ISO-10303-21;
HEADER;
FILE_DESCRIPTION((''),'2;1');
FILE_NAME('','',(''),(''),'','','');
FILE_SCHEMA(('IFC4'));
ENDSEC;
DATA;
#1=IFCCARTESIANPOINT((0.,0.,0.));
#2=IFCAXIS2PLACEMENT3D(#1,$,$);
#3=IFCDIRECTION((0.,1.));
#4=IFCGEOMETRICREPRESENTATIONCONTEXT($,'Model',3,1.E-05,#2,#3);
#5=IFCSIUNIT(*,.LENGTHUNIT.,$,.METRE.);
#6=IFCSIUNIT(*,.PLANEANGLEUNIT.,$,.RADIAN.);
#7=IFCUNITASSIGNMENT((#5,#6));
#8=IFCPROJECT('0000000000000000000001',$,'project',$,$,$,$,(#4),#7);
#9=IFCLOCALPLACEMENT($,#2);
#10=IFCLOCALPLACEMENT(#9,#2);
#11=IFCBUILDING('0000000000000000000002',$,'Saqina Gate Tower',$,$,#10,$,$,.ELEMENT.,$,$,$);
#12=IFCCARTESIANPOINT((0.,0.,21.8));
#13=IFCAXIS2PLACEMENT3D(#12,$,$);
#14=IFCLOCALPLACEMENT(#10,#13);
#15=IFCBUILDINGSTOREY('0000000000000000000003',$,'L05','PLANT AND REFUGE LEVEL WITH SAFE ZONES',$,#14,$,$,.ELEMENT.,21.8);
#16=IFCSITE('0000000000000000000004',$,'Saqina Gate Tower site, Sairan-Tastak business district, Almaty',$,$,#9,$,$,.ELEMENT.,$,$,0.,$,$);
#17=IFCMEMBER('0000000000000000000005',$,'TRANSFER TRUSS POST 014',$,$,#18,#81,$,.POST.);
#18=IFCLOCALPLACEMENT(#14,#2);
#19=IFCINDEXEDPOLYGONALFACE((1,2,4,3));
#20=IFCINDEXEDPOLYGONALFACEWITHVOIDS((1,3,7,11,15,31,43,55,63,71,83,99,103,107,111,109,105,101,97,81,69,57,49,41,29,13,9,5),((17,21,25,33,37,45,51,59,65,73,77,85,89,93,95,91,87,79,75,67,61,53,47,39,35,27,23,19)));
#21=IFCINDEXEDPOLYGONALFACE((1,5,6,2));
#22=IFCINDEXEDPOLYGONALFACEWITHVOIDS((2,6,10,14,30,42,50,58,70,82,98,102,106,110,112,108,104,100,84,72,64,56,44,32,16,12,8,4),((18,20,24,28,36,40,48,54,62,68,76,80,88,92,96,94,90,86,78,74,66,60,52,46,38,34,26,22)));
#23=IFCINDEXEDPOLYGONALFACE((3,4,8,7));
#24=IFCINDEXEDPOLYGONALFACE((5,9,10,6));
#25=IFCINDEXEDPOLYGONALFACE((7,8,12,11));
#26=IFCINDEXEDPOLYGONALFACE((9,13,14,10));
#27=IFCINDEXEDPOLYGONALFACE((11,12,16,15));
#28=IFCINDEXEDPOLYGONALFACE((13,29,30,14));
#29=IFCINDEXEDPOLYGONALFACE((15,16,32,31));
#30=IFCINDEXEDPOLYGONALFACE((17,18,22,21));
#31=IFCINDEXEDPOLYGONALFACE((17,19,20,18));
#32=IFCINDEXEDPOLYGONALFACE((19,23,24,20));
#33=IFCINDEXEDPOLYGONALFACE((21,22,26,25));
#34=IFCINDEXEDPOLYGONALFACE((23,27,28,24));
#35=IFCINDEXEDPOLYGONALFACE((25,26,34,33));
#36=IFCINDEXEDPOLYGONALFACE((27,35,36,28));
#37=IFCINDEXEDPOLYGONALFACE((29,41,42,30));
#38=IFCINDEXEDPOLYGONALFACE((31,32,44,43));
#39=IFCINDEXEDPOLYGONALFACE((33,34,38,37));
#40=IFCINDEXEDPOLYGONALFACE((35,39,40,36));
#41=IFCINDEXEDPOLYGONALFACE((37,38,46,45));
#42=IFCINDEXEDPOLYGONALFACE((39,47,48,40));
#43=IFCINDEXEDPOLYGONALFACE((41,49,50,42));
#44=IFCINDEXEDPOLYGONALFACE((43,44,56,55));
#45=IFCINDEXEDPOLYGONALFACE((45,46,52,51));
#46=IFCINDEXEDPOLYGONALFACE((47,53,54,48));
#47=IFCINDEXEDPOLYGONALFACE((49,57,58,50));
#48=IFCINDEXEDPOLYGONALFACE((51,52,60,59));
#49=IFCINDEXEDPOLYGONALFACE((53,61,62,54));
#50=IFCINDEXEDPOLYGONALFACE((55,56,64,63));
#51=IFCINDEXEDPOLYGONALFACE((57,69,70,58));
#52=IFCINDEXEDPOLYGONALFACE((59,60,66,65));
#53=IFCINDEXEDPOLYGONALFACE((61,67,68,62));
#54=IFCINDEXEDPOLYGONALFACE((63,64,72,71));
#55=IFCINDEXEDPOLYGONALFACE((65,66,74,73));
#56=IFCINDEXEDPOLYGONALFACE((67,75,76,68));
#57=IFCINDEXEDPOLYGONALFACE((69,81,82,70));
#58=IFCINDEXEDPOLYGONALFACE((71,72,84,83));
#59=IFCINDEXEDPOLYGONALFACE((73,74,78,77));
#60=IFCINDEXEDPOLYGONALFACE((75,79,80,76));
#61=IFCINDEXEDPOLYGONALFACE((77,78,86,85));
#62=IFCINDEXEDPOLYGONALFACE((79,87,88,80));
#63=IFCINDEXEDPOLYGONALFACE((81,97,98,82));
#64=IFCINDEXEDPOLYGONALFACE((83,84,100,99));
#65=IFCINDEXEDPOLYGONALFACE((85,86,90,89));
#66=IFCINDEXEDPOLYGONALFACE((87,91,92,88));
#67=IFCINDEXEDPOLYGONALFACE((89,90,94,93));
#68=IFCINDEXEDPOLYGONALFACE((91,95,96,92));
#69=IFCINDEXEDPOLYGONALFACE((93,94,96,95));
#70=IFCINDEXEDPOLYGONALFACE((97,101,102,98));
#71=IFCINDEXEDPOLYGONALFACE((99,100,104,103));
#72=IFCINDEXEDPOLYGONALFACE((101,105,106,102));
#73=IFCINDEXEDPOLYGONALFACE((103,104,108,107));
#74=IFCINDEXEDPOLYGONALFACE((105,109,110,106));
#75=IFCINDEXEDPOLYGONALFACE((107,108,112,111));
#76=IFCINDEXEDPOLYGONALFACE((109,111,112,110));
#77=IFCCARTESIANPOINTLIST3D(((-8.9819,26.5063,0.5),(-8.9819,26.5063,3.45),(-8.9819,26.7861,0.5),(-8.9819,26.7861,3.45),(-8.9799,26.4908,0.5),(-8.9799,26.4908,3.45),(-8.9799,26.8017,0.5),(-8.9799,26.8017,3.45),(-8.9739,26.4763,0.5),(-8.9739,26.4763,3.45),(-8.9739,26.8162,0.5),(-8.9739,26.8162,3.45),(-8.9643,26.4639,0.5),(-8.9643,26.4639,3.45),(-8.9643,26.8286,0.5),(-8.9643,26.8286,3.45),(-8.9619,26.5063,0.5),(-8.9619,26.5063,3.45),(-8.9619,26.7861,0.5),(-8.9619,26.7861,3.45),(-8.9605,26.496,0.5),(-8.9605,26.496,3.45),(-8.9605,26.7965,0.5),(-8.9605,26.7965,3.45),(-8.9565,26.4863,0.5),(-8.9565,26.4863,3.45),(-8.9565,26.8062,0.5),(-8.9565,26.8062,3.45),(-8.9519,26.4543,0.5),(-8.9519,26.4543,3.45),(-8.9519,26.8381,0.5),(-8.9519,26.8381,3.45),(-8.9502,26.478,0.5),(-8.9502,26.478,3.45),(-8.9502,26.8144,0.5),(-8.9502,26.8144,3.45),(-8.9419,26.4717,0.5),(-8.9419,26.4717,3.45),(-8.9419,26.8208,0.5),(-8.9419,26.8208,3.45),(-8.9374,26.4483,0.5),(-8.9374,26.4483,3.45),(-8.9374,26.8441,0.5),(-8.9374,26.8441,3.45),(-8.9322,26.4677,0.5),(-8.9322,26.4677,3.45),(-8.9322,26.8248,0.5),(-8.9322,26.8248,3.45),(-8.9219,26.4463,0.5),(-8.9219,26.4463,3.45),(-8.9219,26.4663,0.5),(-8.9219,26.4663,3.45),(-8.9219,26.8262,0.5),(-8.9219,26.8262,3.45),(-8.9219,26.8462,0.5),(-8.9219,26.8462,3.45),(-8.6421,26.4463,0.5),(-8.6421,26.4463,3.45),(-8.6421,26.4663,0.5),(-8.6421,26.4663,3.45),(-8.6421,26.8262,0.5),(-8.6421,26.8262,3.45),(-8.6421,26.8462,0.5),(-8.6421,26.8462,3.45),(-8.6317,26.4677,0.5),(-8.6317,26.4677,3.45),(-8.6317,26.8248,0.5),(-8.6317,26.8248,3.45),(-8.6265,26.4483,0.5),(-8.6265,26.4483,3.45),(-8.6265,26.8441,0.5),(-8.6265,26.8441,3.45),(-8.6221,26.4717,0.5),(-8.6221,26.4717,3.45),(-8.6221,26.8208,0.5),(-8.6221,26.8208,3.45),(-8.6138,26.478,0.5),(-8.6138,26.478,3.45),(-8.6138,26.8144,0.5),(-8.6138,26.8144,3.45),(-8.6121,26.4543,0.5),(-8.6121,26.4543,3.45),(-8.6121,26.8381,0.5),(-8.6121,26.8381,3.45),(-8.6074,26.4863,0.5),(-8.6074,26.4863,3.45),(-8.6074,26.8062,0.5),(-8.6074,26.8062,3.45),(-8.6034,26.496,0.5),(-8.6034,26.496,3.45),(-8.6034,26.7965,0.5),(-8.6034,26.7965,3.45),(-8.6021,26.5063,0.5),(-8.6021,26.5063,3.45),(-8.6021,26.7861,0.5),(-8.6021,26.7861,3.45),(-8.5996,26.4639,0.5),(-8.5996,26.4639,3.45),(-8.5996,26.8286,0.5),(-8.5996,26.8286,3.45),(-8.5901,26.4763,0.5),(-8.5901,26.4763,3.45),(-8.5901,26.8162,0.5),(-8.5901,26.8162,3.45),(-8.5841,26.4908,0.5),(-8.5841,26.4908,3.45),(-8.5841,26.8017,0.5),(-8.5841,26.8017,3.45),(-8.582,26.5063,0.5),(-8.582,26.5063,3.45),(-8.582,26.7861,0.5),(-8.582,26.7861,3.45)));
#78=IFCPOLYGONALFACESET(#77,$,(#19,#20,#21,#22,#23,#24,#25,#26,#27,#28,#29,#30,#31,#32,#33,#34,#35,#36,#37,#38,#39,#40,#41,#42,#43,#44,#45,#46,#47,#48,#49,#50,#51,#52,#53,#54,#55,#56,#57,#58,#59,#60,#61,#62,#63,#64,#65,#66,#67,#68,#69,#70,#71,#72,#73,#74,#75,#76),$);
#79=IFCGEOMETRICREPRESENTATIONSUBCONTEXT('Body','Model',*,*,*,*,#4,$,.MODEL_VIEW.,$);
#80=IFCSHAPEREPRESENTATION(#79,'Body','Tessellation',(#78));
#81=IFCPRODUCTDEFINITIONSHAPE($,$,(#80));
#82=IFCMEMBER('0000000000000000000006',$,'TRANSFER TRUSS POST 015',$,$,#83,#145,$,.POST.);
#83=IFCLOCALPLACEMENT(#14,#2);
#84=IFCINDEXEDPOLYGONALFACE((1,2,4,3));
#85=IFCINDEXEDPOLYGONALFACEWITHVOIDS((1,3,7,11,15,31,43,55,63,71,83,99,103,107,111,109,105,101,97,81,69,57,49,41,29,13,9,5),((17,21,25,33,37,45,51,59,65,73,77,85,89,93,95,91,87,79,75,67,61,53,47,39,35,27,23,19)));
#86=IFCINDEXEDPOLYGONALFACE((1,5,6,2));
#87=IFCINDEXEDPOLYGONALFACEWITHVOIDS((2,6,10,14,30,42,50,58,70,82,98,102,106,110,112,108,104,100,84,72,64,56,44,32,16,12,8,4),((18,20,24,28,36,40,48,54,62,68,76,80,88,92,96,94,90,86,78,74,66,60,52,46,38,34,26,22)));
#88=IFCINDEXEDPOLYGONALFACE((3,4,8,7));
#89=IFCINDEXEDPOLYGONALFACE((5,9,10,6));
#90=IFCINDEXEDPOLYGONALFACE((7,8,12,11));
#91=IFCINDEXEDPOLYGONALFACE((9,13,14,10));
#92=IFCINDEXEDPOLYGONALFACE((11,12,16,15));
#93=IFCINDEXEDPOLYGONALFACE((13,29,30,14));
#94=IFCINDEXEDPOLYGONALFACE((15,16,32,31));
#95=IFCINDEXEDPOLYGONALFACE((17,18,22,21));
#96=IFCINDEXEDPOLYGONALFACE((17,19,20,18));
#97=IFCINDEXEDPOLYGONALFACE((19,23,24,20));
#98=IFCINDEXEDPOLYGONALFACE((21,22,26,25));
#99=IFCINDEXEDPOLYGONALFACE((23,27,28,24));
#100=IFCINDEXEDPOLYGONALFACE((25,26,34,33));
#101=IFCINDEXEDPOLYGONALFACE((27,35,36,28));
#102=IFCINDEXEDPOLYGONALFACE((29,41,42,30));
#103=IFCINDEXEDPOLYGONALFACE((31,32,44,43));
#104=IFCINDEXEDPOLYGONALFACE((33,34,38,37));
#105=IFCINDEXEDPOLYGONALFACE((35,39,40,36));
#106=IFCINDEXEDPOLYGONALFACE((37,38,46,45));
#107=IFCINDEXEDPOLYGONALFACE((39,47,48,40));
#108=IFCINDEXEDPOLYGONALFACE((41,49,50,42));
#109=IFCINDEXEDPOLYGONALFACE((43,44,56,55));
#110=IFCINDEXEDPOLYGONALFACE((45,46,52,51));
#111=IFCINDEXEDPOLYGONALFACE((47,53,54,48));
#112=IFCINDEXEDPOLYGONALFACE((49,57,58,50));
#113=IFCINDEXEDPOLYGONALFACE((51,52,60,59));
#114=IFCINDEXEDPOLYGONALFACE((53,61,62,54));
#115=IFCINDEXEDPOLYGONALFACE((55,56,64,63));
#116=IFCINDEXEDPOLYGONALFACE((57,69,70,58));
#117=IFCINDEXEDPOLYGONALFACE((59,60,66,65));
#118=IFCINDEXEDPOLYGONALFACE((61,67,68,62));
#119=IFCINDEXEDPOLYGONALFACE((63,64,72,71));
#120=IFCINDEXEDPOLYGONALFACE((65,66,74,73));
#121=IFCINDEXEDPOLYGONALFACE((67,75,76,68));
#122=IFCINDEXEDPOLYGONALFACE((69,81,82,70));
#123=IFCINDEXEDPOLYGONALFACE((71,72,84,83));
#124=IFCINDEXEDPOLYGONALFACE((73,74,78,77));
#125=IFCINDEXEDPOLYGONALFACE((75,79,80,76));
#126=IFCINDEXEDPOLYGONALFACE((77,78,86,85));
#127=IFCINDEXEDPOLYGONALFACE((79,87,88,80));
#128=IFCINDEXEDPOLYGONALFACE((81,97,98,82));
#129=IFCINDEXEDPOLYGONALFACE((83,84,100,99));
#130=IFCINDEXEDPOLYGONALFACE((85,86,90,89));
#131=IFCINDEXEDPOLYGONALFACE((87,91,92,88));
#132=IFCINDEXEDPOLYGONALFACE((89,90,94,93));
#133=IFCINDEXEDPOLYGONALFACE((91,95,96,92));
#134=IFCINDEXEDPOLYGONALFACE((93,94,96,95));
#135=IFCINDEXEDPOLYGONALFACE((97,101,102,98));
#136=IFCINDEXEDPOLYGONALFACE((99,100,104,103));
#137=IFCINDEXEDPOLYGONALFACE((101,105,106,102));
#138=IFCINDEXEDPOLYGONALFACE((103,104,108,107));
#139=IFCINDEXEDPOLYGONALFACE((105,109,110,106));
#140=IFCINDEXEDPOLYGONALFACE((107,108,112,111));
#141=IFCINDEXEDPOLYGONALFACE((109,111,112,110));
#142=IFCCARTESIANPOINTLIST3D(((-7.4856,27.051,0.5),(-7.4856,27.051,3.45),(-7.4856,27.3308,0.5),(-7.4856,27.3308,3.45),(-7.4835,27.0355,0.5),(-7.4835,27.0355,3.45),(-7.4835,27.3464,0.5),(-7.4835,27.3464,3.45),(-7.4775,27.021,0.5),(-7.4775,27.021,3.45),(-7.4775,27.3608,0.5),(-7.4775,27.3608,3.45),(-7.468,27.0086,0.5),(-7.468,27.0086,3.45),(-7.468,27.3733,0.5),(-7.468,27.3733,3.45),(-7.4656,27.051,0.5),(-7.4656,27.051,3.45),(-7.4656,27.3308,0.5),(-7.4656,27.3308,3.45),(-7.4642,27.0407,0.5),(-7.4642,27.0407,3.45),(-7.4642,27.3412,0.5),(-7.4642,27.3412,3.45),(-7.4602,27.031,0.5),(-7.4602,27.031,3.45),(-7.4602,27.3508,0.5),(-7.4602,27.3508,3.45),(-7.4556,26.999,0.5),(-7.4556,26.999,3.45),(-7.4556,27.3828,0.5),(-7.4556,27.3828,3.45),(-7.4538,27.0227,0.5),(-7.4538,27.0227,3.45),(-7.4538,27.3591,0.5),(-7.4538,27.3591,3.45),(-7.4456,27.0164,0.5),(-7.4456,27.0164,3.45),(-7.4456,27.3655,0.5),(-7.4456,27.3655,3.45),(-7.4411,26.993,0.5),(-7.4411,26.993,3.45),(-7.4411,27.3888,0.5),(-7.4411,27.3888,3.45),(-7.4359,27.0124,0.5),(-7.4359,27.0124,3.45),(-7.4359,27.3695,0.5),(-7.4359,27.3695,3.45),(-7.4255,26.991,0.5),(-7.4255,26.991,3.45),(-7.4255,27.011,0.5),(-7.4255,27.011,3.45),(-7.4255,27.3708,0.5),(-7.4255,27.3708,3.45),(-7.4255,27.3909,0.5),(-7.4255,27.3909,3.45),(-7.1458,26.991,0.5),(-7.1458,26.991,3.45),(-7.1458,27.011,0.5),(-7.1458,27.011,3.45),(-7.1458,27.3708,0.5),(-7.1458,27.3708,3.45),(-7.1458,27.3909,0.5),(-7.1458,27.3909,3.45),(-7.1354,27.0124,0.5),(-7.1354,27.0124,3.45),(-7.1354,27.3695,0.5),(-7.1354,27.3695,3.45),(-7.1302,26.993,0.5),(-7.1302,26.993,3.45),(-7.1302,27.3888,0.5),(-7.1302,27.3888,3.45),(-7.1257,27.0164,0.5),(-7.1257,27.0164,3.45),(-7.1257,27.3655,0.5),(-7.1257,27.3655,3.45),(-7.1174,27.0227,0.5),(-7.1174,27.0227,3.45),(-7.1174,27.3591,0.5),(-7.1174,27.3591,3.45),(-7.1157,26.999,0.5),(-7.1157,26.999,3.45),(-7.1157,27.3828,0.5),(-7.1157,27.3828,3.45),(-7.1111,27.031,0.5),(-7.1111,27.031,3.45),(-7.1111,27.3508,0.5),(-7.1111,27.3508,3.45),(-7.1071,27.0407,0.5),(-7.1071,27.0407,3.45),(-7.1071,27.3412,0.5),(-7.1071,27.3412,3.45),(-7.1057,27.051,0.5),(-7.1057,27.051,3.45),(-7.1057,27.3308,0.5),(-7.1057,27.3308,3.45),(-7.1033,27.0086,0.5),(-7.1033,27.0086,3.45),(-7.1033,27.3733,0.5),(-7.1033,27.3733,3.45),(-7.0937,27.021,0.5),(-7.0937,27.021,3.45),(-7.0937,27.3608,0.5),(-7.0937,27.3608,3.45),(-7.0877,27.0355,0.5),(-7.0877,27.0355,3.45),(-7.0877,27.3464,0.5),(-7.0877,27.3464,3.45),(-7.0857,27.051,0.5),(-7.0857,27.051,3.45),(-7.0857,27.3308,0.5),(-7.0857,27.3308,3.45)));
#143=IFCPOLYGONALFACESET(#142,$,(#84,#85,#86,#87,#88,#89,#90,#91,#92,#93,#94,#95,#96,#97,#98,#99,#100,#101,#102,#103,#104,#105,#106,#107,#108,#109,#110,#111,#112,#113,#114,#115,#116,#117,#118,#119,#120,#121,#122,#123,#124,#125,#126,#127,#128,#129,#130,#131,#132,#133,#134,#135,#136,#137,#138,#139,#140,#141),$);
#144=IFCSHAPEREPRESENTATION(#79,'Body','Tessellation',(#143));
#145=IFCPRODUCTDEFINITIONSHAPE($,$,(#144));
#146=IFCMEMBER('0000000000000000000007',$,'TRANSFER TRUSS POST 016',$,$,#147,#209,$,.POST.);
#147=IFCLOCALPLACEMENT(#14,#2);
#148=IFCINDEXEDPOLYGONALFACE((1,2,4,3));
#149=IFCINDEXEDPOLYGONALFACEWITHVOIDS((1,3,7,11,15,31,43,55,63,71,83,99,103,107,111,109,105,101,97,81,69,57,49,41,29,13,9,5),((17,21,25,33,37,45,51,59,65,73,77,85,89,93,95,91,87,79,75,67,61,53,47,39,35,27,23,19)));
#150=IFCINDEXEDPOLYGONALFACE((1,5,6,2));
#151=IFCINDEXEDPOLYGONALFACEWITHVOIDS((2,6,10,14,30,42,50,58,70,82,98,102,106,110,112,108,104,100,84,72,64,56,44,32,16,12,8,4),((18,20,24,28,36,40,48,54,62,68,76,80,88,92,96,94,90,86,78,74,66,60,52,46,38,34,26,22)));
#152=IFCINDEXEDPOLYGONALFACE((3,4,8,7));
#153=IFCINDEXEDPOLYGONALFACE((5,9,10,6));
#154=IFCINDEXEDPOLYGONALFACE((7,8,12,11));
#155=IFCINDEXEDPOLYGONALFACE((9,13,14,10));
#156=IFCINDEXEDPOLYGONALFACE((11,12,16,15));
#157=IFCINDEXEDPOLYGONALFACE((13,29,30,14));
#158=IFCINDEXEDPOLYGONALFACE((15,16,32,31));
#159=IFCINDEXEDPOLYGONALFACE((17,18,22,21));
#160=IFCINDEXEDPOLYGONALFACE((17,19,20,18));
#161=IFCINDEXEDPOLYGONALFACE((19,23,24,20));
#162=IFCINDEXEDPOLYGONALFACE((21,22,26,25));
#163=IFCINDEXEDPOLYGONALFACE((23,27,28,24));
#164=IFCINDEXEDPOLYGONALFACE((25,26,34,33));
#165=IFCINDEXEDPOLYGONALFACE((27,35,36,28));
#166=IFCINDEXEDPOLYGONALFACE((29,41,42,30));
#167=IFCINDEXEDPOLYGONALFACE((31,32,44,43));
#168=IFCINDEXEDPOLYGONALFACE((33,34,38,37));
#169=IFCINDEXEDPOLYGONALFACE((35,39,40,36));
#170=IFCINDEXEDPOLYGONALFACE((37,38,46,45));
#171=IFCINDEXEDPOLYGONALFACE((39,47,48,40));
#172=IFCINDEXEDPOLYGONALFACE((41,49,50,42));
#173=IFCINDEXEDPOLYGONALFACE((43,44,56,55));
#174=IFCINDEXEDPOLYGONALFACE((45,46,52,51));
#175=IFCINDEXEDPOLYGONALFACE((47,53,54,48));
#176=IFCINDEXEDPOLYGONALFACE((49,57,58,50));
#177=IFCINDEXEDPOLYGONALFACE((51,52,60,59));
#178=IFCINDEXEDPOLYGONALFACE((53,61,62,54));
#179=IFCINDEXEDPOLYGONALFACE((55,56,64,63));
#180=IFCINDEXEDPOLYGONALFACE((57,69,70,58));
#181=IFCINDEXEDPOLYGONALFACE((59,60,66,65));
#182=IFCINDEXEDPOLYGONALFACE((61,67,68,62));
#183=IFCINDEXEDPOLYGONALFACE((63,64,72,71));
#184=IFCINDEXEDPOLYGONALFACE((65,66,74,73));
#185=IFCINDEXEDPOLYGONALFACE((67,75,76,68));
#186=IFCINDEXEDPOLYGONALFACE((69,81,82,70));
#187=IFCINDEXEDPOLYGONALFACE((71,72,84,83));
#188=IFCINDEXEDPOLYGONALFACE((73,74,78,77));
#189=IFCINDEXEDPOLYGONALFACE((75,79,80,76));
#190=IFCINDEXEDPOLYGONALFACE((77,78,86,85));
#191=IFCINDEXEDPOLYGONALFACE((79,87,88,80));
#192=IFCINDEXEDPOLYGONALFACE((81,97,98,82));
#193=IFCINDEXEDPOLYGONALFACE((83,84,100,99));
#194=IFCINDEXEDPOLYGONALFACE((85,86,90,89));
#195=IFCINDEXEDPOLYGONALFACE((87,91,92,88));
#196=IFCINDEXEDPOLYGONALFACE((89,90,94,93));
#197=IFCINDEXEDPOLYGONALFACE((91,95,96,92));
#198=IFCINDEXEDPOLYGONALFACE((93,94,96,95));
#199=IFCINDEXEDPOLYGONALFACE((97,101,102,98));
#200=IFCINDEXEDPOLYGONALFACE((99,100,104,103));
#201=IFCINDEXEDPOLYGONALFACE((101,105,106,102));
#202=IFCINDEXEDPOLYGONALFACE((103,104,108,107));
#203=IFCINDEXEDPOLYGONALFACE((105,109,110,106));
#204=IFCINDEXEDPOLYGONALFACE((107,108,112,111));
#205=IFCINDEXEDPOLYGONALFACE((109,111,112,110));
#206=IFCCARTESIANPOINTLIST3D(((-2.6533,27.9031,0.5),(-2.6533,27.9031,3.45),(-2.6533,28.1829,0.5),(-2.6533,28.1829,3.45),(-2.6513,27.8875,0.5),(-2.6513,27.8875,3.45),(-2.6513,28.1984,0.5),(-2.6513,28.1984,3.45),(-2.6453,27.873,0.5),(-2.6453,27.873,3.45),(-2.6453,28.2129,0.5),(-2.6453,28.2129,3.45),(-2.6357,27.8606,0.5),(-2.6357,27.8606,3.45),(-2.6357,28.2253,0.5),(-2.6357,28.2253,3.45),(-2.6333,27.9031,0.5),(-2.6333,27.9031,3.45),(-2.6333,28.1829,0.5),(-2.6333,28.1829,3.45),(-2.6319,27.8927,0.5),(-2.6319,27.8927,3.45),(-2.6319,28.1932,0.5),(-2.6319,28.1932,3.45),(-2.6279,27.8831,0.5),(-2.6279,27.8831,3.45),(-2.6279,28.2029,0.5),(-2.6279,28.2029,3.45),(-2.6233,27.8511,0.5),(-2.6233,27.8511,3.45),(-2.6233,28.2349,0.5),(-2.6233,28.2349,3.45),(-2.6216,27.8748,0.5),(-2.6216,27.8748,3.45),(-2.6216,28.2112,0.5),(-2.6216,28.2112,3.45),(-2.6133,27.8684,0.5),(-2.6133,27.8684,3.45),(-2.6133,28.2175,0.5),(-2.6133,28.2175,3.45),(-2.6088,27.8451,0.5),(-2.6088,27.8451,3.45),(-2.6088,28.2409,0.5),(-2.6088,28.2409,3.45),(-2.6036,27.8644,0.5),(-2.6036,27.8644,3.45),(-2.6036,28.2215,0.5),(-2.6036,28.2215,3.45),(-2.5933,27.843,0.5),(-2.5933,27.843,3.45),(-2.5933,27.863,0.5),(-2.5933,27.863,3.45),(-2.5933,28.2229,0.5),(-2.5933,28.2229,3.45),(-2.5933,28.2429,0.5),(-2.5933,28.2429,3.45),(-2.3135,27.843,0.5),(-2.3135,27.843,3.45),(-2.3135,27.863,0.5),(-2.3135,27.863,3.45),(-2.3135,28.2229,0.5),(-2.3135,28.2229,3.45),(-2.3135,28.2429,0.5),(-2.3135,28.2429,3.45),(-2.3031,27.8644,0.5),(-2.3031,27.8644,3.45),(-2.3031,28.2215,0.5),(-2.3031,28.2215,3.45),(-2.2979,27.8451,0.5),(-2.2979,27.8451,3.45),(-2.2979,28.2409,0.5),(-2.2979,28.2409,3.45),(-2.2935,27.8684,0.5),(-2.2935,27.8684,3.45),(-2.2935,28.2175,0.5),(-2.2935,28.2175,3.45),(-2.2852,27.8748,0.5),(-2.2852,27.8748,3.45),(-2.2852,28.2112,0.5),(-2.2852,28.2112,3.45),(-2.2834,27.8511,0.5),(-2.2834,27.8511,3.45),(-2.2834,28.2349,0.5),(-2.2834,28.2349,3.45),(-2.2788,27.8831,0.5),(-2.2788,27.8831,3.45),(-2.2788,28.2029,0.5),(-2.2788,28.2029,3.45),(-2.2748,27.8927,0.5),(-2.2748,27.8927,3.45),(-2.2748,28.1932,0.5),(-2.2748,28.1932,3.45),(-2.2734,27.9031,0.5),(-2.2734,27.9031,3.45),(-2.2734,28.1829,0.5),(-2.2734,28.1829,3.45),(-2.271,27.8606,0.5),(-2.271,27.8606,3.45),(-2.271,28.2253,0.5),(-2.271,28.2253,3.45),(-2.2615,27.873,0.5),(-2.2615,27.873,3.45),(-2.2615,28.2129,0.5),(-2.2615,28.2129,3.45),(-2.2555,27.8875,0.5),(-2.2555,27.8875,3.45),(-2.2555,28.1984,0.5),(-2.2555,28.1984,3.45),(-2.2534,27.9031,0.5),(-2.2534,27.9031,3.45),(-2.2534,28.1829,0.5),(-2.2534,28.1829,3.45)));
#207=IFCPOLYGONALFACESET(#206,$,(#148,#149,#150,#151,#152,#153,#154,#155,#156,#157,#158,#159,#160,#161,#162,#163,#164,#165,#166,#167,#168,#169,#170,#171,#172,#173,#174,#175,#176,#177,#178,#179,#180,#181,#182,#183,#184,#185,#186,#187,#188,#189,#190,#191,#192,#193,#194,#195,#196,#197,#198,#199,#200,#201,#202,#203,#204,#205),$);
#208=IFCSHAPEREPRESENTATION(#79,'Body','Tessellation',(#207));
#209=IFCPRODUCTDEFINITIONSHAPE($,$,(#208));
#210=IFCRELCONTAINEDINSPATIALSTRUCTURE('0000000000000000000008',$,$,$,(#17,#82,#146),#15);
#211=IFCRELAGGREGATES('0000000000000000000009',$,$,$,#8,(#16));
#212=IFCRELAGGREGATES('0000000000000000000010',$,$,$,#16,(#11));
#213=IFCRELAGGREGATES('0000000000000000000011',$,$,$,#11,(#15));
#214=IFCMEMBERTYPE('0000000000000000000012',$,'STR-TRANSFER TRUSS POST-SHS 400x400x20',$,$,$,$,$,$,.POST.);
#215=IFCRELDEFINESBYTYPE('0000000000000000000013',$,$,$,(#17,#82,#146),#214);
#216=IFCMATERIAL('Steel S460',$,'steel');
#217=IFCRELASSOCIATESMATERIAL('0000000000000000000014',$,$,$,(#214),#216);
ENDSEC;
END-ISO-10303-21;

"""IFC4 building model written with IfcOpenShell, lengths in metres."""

from ifc_helpers import new_model, si_unit, direction, frame, origin, origin_2d, place, context, subcontext, project, spatial, hollow_rectangle, extrude, material, material_profile, profile_set, type_object, element, save


model = new_model("IFC4")

# Units and contexts
model_context = context("Model", 3, precision=1e-05, world=origin(), true_north=direction((0.0, 1.0)))
body_context = subcontext(model_context, "Body", "Model", "MODEL_VIEW")
ifc_project = project(units=[si_unit("LENGTHUNIT", "METRE"), si_unit("PLANEANGLEUNIT", "RADIAN")], contexts=[model_context])

# Site, building, storey
site_placement = place(None, origin())
site = spatial("IfcSite", under=ifc_project, at=site_placement, Name="Saqina Gate Tower site, Sairan-Tastak business district, Almaty", CompositionType="ELEMENT", RefElevation=0.0)
building_placement = place(site_placement, origin())
building = spatial("IfcBuilding", under=site, at=building_placement, Name="Saqina Gate Tower", CompositionType="ELEMENT")
storey_placement = place(building_placement, frame((0.0, 0.0, 21.8)))
storey = spatial("IfcBuildingStorey", under=building, at=storey_placement, Name="L05", Description="PLANT AND REFUGE LEVEL WITH SAFE ZONES", CompositionType="ELEMENT", Elevation=21.8)

# Members
ifc_material_1 = material(Name="Steel S460", Category="steel")
ifc_material_profile_1 = material_profile(ifc_material_1, hollow_rectangle(XDim=0.3999, YDim=0.3999, WallThickness=0.02, InnerFilletRadius=0.04, OuterFilletRadius=0.0601, at=origin_2d()), Name="SHS 400x400x20")
ifc_profile_set_1 = profile_set([ifc_material_profile_1], Name="Steel S460")
member_type_1 = type_object("IfcMemberType", Name="STR-TRANSFER TRUSS POST-SHS 400x400x20", PredefinedType="POST", material=ifc_profile_set_1)
for number, where, z_axis, x_axis, name in (
    (1, (-8.782, 26.6462, 0.5), (0.0, 0.0, 1.0), (1.0, 0.0, 0.0), "TRANSFER TRUSS POST 014"),
    (2, (-7.2856, 27.1909, 0.5), (0.0, 0.0, 1.0), (1.0, 0.0, 0.0), "TRANSFER TRUSS POST 015"),
    (3, (-2.4534, 28.043, 0.5), (0.0, 0.0, 1.0), (1.0, 0.0, 0.0), "TRANSFER TRUSS POST 016"),
):
    element("IfcMember", number, at=place(storey_placement, frame(where, z_axis=z_axis, x_axis=x_axis)), inside=storey, type_object=member_type_1, Name=name, PredefinedType="POST", context=body_context, shape_type="SweptSolid", body=[
        extrude(hollow_rectangle(XDim=0.3999, YDim=0.3999, WallThickness=0.02, InnerFilletRadius=0.04, OuterFilletRadius=0.0601, at=origin_2d()), origin(), (0.0, 0.0, 1.0), 2.95),
    ])

save(model, "model.ifc")
